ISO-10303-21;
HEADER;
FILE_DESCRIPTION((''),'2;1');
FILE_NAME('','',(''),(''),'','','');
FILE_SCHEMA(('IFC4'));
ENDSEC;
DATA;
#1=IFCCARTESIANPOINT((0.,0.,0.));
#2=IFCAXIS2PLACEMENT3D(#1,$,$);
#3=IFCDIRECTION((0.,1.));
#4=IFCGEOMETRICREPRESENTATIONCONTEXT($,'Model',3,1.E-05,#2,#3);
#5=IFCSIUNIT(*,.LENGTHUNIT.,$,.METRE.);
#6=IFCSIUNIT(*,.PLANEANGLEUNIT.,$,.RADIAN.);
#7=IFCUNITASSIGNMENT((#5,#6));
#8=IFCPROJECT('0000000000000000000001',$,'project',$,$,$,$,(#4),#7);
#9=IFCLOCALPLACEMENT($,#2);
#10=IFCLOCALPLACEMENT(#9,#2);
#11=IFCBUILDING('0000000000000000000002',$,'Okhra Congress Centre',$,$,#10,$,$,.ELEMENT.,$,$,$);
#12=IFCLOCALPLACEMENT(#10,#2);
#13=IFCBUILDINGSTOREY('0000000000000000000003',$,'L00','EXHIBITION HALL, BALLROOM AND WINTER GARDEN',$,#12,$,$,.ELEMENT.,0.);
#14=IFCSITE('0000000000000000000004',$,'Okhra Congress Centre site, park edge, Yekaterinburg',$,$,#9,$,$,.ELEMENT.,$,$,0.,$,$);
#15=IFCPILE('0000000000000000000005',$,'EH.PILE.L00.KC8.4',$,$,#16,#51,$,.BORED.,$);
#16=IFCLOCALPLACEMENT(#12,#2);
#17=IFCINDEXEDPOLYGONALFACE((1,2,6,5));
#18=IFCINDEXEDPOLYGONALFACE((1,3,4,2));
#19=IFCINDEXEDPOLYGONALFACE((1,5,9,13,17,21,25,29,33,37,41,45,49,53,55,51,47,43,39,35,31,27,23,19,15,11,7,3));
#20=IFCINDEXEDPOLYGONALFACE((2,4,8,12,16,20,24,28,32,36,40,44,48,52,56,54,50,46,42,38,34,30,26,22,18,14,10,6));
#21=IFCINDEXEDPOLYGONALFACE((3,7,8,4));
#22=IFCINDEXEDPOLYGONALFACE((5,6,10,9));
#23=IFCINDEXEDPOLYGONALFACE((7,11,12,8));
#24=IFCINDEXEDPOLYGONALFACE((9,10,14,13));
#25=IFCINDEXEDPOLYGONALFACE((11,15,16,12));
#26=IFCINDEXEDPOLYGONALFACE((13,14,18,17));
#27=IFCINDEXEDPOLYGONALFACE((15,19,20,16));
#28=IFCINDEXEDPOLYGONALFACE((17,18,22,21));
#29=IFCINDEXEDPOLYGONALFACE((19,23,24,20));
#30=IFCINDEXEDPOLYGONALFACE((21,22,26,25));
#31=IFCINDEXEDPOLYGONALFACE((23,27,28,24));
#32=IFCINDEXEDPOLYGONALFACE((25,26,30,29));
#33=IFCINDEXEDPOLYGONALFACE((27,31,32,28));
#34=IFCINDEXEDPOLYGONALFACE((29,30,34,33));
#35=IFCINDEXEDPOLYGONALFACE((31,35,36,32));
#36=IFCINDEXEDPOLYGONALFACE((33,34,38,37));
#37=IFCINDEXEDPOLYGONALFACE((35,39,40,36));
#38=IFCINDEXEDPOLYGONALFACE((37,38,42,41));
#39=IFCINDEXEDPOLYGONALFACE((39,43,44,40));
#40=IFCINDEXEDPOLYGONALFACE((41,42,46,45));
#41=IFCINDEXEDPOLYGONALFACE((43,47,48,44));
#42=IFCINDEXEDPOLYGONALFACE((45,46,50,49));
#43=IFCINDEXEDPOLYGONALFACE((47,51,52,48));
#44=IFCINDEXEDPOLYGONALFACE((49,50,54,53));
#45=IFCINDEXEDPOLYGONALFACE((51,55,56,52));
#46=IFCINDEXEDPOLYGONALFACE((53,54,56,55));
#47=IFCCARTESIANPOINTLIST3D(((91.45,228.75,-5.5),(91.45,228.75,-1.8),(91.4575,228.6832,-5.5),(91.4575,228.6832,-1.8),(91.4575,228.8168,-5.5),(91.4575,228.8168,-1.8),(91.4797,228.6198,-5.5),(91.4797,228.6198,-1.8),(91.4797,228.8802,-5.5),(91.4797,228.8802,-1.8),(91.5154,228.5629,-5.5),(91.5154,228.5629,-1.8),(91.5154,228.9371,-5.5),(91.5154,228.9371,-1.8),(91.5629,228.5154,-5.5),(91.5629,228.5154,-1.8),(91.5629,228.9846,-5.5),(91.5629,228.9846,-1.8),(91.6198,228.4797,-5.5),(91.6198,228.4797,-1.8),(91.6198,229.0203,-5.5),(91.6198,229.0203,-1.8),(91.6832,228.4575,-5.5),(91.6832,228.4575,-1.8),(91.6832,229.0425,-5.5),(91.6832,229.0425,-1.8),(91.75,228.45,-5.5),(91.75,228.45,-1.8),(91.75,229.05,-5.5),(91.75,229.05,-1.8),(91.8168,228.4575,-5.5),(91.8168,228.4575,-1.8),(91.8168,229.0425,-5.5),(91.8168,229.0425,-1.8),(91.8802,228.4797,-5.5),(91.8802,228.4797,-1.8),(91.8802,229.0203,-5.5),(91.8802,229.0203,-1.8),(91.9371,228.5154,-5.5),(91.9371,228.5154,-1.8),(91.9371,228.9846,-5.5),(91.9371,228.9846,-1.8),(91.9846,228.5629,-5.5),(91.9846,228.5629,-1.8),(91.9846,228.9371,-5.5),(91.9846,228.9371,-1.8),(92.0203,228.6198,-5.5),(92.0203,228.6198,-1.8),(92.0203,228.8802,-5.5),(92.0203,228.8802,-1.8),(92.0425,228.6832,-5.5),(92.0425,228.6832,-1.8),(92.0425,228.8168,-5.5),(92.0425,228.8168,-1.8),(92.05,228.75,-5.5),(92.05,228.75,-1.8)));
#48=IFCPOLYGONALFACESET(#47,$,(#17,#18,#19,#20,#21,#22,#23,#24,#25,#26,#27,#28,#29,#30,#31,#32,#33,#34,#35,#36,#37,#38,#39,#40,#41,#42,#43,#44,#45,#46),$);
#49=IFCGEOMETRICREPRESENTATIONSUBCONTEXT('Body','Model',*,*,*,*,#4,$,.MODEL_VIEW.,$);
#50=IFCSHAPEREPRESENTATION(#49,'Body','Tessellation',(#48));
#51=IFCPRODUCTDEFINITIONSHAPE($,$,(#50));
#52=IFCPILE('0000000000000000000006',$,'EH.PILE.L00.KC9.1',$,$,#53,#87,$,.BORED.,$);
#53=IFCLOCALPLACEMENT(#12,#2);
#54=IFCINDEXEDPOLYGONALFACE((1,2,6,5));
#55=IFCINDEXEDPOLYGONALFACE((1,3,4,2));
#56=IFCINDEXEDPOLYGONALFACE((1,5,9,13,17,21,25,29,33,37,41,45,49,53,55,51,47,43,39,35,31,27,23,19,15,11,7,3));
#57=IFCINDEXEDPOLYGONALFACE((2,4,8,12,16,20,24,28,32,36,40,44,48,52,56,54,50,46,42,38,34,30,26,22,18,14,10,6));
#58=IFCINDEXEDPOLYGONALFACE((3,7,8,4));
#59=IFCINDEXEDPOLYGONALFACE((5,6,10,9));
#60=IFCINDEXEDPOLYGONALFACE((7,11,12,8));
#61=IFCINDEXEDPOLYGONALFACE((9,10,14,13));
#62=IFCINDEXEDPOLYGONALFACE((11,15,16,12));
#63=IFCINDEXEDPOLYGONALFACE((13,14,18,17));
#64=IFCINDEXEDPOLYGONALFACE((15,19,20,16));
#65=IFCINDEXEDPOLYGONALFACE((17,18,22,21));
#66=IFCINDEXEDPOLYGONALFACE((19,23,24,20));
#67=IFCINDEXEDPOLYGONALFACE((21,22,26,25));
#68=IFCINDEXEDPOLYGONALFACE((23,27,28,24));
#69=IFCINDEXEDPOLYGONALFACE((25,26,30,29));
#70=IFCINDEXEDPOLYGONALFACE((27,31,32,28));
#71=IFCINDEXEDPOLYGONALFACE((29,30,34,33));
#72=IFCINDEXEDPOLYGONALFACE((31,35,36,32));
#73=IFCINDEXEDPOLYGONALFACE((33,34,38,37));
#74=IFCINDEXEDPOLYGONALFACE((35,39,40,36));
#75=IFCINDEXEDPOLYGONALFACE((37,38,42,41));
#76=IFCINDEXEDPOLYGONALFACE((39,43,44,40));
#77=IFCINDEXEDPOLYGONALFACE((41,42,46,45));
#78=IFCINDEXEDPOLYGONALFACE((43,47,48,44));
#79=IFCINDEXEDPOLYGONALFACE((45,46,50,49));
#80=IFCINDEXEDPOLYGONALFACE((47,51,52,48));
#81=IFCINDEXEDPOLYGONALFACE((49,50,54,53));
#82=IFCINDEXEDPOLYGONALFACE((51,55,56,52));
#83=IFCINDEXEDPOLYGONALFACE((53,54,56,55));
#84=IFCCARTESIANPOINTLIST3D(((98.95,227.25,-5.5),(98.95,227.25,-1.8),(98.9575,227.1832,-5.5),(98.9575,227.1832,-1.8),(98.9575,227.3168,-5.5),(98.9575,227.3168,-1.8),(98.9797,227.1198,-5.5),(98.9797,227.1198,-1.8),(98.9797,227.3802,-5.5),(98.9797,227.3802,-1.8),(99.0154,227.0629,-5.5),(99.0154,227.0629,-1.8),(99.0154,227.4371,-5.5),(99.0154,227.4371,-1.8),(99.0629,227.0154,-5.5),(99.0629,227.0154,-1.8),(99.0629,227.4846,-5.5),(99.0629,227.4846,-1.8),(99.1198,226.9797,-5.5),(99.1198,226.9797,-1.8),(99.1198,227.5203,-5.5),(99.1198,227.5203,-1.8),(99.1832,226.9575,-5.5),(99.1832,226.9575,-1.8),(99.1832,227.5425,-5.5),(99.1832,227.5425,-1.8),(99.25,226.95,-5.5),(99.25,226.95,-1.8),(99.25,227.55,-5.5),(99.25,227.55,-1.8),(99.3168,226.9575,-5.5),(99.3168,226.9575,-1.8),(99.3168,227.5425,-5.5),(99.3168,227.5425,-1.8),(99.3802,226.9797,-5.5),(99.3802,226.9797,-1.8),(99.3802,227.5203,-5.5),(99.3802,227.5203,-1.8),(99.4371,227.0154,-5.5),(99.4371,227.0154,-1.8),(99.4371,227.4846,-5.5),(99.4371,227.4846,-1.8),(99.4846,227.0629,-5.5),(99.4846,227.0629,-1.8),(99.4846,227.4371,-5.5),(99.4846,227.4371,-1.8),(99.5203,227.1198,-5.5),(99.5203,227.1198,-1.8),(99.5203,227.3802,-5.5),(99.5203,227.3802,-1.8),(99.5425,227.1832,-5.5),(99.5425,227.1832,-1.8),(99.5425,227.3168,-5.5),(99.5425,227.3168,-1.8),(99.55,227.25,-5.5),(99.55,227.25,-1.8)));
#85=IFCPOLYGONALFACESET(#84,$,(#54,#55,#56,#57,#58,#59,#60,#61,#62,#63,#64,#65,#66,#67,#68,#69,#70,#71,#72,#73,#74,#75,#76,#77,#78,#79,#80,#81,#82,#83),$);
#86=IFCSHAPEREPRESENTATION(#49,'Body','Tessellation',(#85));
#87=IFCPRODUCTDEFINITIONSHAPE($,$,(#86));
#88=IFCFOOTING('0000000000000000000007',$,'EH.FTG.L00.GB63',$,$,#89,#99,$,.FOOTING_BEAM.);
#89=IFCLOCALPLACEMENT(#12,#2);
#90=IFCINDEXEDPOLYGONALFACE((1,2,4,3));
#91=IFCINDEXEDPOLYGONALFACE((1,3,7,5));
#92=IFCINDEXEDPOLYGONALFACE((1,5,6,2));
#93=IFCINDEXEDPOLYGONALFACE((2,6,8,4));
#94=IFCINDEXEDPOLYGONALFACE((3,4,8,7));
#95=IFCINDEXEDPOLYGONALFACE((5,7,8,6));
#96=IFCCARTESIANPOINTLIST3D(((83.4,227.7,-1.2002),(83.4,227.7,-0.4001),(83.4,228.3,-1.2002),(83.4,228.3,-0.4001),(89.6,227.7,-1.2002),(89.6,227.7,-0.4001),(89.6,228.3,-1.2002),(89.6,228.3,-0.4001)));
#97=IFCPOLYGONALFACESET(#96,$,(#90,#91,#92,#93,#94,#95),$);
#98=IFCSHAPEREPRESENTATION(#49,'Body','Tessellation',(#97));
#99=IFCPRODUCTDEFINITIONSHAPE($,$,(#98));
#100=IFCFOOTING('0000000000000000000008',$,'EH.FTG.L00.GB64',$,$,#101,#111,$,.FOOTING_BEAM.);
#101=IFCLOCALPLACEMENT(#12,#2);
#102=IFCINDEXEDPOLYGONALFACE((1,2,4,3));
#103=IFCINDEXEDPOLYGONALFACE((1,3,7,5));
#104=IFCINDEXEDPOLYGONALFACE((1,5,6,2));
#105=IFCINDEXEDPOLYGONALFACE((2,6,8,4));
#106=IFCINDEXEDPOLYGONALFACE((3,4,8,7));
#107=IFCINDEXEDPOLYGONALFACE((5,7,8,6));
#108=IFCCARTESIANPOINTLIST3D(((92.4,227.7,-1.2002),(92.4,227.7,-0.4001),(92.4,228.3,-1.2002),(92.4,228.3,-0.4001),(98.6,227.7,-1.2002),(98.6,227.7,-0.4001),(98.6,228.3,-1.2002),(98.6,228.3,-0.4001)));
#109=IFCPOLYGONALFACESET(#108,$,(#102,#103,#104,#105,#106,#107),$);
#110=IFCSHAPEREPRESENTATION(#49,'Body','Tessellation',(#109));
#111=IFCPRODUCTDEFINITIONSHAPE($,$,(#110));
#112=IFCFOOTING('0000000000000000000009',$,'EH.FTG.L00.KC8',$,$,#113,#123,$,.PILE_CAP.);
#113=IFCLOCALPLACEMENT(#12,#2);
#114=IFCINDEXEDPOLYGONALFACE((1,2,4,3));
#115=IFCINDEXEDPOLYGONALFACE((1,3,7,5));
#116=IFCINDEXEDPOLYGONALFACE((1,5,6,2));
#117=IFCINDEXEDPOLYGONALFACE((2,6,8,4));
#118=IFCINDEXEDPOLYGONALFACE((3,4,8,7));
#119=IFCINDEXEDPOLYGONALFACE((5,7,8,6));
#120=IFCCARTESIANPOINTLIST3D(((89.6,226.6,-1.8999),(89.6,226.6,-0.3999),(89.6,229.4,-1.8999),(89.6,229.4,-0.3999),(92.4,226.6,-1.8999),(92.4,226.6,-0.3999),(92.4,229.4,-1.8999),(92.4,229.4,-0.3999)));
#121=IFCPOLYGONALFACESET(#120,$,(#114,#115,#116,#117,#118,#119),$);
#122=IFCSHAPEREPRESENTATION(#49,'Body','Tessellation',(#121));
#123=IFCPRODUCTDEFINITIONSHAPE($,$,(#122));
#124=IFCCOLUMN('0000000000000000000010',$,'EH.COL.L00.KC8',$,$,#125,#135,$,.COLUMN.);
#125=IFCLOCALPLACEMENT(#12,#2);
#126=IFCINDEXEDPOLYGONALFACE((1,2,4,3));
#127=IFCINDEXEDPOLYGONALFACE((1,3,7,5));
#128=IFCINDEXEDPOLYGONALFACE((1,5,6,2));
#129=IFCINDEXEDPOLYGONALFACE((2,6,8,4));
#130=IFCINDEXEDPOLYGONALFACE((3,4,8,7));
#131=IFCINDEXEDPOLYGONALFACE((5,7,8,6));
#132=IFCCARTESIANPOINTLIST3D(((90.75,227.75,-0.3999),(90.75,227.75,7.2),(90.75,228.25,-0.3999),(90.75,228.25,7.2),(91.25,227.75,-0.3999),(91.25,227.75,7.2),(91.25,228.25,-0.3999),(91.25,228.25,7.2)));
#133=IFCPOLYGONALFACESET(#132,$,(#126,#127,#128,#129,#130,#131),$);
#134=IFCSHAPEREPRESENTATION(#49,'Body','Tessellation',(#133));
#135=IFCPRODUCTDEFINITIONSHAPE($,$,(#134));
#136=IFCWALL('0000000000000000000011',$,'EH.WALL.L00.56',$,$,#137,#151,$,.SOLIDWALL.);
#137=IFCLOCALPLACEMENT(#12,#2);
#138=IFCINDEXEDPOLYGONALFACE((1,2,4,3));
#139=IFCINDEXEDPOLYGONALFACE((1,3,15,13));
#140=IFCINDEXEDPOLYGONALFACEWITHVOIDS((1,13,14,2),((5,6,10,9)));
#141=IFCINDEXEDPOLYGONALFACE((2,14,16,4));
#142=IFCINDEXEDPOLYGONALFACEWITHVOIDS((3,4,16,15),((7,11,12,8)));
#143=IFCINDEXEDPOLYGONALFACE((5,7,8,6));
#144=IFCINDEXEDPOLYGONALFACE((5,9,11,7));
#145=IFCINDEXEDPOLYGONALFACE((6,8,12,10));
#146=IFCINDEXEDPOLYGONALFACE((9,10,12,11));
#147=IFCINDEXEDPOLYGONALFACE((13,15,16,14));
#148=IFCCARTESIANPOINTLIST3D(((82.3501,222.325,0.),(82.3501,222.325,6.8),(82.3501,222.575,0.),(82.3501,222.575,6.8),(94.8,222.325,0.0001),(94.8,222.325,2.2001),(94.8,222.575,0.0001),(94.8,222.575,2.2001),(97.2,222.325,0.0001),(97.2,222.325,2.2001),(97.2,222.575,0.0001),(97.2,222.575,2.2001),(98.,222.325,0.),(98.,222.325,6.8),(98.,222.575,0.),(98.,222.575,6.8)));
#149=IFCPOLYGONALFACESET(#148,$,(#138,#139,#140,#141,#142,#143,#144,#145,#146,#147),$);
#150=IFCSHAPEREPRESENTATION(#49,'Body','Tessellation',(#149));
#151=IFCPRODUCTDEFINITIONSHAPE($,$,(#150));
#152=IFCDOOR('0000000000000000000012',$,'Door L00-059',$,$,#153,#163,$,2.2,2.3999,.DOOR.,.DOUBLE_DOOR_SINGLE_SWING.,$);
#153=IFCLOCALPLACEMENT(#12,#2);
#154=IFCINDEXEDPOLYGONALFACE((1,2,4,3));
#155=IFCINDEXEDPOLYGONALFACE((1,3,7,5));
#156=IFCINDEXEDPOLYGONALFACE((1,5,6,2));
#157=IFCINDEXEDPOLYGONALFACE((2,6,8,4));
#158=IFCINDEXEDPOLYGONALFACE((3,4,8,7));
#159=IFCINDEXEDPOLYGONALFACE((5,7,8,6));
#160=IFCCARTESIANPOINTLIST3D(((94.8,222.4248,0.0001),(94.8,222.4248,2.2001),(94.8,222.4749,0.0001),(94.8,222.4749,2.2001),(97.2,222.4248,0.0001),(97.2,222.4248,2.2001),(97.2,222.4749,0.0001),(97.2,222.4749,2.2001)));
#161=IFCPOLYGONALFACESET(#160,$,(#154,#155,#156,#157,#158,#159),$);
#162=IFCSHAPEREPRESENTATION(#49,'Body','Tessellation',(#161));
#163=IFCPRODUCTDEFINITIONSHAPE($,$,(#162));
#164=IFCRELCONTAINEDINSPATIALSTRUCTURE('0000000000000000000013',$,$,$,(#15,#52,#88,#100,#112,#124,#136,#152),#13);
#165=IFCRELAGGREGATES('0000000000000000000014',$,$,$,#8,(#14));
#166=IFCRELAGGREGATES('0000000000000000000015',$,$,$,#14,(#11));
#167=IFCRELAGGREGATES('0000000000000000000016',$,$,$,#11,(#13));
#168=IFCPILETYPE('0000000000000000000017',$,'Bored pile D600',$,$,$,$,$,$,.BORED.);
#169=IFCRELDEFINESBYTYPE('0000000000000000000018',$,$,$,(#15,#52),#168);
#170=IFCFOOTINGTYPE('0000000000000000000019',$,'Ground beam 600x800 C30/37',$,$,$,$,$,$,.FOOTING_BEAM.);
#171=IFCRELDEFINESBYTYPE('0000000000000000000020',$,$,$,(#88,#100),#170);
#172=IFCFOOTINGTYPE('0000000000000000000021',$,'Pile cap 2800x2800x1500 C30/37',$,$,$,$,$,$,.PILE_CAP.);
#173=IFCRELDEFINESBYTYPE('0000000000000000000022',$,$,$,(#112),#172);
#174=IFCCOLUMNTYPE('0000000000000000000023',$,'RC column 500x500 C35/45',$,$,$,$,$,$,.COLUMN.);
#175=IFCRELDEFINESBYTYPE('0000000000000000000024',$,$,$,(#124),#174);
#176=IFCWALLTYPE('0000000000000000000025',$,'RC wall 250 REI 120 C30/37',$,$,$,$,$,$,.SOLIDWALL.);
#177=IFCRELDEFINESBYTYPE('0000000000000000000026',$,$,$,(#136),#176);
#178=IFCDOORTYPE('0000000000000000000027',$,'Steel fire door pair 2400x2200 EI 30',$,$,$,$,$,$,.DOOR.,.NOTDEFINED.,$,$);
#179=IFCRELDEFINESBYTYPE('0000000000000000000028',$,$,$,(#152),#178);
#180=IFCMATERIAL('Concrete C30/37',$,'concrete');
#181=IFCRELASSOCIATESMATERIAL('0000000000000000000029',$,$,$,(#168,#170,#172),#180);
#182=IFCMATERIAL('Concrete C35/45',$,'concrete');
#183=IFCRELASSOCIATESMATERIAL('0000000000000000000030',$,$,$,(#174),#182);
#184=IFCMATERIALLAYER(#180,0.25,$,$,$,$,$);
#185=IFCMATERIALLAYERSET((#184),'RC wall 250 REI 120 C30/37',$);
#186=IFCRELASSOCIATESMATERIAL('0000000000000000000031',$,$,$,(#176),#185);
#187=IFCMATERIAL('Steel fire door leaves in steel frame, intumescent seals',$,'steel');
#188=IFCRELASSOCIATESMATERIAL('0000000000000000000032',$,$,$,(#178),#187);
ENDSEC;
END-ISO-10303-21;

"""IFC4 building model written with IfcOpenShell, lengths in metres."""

from ifc_helpers import new_model, si_unit, direction, frame, frame_2d, origin, origin_2d, place, context, subcontext, project, spatial, rectangle, circle, extrude, material, layer, layer_set, material_profile, profile_set, type_object, element, fill, save


model = new_model("IFC4")

# Units and contexts
model_context = context("Model", 3, precision=1e-05, world=origin(), true_north=direction((0.0, 1.0)))
body_context = subcontext(model_context, "Body", "Model", "MODEL_VIEW")
ifc_project = project(units=[si_unit("LENGTHUNIT", "METRE"), si_unit("PLANEANGLEUNIT", "RADIAN")], contexts=[model_context])

# Site, building, storey
site_placement = place(None, origin())
site = spatial("IfcSite", under=ifc_project, at=site_placement, Name="Okhra Congress Centre site, park edge, Yekaterinburg", CompositionType="ELEMENT", RefElevation=0.0)
building_placement = place(site_placement, origin())
building = spatial("IfcBuilding", under=site, at=building_placement, Name="Okhra Congress Centre", CompositionType="ELEMENT")
storey_placement = place(building_placement, origin())
storey = spatial("IfcBuildingStorey", under=building, at=storey_placement, Name="L00", Description="EXHIBITION HALL, BALLROOM AND WINTER GARDEN", CompositionType="ELEMENT", Elevation=0.0)

# Piles
ifc_material_1 = material(Name="Concrete C30/37", Category="concrete")
ifc_material_profile_1 = material_profile(ifc_material_1, circle(Radius=0.3, at=origin_2d()), Name="D600")
ifc_profile_set_1 = profile_set([ifc_material_profile_1], Name="Concrete C30/37")
pile_type = type_object("IfcPileType", Name="Bored pile D600", PredefinedType="BORED", material=ifc_profile_set_1)
for number, where, z_axis, x_axis, name in (
    (1, (91.75, 228.75, -1.8), (0.0, 0.0, -1.0), (1.0, 0.0, 0.0), "EH.PILE.L00.KC8.4"),
    (2, (99.25, 227.25, -1.8), (0.0, 0.0, -1.0), (1.0, 0.0, 0.0), "EH.PILE.L00.KC9.1"),
):
    element("IfcPile", number, at=place(storey_placement, frame(where, z_axis=z_axis, x_axis=x_axis)), inside=storey, type_object=pile_type, Name=name, PredefinedType="BORED", context=body_context, shape_type="SweptSolid", body=[
        extrude(circle(Radius=0.3, at=origin_2d()), origin(), (0.0, 0.0, 1.0), 3.7),
    ])

# Footings
footing_type_1 = type_object("IfcFootingType", Name="Ground beam 600x800 C30/37", PredefinedType="FOOTING_BEAM", material=ifc_material_1)
for number, where, z_axis, x_axis, name in (
    (3, (86.5, 228.0, -1.2002), (0.0, 0.0, 1.0), (1.0, 0.0, 0.0), "EH.FTG.L00.GB63"),
    (4, (95.5, 228.0, -1.2002), (0.0, 0.0, 1.0), (1.0, 0.0, 0.0), "EH.FTG.L00.GB64"),
):
    element("IfcFooting", number, at=place(storey_placement, frame(where, z_axis=z_axis, x_axis=x_axis)), inside=storey, type_object=footing_type_1, Name=name, PredefinedType="FOOTING_BEAM", context=body_context, shape_type="SweptSolid", body=[
        extrude(rectangle(XDim=6.2, YDim=0.6001, at=origin_2d()), origin(), (0.0, 0.0, 1.0), 0.8),
    ])
footing_type_2 = type_object("IfcFootingType", Name="Pile cap 2800x2800x1500 C30/37", PredefinedType="PILE_CAP", material=ifc_material_1)
footing_placement = place(storey_placement, frame((91.0, 228.0, -1.8999), z_axis=(0.0, 0.0, 1.0), x_axis=(1.0, 0.0, 0.0)))
element("IfcFooting", 5, at=footing_placement, inside=storey, type_object=footing_type_2, Name="EH.FTG.L00.KC8", PredefinedType="PILE_CAP", context=body_context, shape_type="SweptSolid", body=[
    extrude(rectangle(XDim=2.8, YDim=2.8, at=origin_2d()), origin(), (0.0, 0.0, 1.0), 1.5),
])

# Column
ifc_material_2 = material(Name="Concrete C35/45", Category="concrete")
ifc_material_profile_2 = material_profile(ifc_material_2, rectangle(XDim=0.5, YDim=0.5, at=origin_2d()), Name="RC 500x500")
ifc_profile_set_2 = profile_set([ifc_material_profile_2], Name="Concrete C35/45")
column_type = type_object("IfcColumnType", Name="RC column 500x500 C35/45", PredefinedType="COLUMN", material=ifc_profile_set_2)
column_placement = place(storey_placement, frame((91.0, 228.0, -0.3999), z_axis=(0.0, 0.0, 1.0), x_axis=(1.0, 0.0, 0.0)))
element("IfcColumn", 6, at=column_placement, inside=storey, type_object=column_type, Name="EH.COL.L00.KC8", PredefinedType="COLUMN", context=body_context, shape_type="SweptSolid", body=[
    extrude(rectangle(XDim=0.5, YDim=0.5, at=origin_2d()), origin(), (0.0, 0.0, 1.0), 7.5999),
])

# Wall, opening, door
ifc_layer_1 = layer(ifc_material_1, 0.25)
ifc_layer_set_1 = layer_set([ifc_layer_1], Name="RC wall 250 REI 120 C30/37")
wall_type_1 = type_object("IfcWallType", Name="RC wall 250 REI 120 C30/37", PredefinedType="SOLIDWALL", material=ifc_layer_set_1)
wall_1_placement = place(storey_placement, frame((82.3501, 222.45, 0.0), z_axis=(0.0, 0.0, 1.0), x_axis=(1.0, 0.0, 0.0)))
wall_1 = element("IfcWall", 7, at=wall_1_placement, inside=storey, type_object=wall_type_1, Name="EH.WALL.L00.56", PredefinedType="SOLIDWALL", context=body_context, shape_type="SweptSolid", body=[
    extrude(rectangle(XDim=15.6499, YDim=0.25, at=frame_2d((7.825, 0.0))), origin(), (0.0, 0.0, 1.0), 6.8),
])
opening_1_placement = place(wall_1_placement, frame((12.45, 0.0, 0.0)))
opening_1 = element("IfcOpeningElement", 8, at=opening_1_placement, cuts=wall_1, PredefinedType="OPENING", context=body_context, shape_type="SweptSolid", body=[
    extrude(rectangle(XDim=2.3999, YDim=2.2, at=frame_2d((1.2, 1.1001))), frame((0.0, 0.135, 0.0), z_axis=(0.0, -1.0, 0.0), x_axis=(1.0, 0.0, 0.0)), (0.0, 0.0, 1.0), 0.27),
])
ifc_material_3 = material(Name="Steel fire door leaves in steel frame, intumescent seals", Category="steel")
door_type_1 = type_object("IfcDoorType", Name="Steel fire door pair 2400x2200 EI 30", OperationType="NOTDEFINED", PredefinedType="DOOR", material=ifc_material_3)
door_1_placement = place(opening_1_placement, origin())
door_1 = element("IfcDoor", 9, at=door_1_placement, inside=storey, type_object=door_type_1, Name="Door L00-059", OperationType="DOUBLE_DOOR_SINGLE_SWING", OverallHeight=2.2, OverallWidth=2.3999, PredefinedType="DOOR", context=body_context, shape_type="SweptSolid", body=[
    extrude(rectangle(XDim=2.3999, YDim=2.2, at=frame_2d((1.2, 1.1001))), frame((0.0, 0.0249, 0.0), z_axis=(0.0, -1.0, 0.0), x_axis=(1.0, 0.0, 0.0)), (0.0, 0.0, 1.0), 0.05),
])
fill(opening_1, door_1)

save(model, "model.ifc")
